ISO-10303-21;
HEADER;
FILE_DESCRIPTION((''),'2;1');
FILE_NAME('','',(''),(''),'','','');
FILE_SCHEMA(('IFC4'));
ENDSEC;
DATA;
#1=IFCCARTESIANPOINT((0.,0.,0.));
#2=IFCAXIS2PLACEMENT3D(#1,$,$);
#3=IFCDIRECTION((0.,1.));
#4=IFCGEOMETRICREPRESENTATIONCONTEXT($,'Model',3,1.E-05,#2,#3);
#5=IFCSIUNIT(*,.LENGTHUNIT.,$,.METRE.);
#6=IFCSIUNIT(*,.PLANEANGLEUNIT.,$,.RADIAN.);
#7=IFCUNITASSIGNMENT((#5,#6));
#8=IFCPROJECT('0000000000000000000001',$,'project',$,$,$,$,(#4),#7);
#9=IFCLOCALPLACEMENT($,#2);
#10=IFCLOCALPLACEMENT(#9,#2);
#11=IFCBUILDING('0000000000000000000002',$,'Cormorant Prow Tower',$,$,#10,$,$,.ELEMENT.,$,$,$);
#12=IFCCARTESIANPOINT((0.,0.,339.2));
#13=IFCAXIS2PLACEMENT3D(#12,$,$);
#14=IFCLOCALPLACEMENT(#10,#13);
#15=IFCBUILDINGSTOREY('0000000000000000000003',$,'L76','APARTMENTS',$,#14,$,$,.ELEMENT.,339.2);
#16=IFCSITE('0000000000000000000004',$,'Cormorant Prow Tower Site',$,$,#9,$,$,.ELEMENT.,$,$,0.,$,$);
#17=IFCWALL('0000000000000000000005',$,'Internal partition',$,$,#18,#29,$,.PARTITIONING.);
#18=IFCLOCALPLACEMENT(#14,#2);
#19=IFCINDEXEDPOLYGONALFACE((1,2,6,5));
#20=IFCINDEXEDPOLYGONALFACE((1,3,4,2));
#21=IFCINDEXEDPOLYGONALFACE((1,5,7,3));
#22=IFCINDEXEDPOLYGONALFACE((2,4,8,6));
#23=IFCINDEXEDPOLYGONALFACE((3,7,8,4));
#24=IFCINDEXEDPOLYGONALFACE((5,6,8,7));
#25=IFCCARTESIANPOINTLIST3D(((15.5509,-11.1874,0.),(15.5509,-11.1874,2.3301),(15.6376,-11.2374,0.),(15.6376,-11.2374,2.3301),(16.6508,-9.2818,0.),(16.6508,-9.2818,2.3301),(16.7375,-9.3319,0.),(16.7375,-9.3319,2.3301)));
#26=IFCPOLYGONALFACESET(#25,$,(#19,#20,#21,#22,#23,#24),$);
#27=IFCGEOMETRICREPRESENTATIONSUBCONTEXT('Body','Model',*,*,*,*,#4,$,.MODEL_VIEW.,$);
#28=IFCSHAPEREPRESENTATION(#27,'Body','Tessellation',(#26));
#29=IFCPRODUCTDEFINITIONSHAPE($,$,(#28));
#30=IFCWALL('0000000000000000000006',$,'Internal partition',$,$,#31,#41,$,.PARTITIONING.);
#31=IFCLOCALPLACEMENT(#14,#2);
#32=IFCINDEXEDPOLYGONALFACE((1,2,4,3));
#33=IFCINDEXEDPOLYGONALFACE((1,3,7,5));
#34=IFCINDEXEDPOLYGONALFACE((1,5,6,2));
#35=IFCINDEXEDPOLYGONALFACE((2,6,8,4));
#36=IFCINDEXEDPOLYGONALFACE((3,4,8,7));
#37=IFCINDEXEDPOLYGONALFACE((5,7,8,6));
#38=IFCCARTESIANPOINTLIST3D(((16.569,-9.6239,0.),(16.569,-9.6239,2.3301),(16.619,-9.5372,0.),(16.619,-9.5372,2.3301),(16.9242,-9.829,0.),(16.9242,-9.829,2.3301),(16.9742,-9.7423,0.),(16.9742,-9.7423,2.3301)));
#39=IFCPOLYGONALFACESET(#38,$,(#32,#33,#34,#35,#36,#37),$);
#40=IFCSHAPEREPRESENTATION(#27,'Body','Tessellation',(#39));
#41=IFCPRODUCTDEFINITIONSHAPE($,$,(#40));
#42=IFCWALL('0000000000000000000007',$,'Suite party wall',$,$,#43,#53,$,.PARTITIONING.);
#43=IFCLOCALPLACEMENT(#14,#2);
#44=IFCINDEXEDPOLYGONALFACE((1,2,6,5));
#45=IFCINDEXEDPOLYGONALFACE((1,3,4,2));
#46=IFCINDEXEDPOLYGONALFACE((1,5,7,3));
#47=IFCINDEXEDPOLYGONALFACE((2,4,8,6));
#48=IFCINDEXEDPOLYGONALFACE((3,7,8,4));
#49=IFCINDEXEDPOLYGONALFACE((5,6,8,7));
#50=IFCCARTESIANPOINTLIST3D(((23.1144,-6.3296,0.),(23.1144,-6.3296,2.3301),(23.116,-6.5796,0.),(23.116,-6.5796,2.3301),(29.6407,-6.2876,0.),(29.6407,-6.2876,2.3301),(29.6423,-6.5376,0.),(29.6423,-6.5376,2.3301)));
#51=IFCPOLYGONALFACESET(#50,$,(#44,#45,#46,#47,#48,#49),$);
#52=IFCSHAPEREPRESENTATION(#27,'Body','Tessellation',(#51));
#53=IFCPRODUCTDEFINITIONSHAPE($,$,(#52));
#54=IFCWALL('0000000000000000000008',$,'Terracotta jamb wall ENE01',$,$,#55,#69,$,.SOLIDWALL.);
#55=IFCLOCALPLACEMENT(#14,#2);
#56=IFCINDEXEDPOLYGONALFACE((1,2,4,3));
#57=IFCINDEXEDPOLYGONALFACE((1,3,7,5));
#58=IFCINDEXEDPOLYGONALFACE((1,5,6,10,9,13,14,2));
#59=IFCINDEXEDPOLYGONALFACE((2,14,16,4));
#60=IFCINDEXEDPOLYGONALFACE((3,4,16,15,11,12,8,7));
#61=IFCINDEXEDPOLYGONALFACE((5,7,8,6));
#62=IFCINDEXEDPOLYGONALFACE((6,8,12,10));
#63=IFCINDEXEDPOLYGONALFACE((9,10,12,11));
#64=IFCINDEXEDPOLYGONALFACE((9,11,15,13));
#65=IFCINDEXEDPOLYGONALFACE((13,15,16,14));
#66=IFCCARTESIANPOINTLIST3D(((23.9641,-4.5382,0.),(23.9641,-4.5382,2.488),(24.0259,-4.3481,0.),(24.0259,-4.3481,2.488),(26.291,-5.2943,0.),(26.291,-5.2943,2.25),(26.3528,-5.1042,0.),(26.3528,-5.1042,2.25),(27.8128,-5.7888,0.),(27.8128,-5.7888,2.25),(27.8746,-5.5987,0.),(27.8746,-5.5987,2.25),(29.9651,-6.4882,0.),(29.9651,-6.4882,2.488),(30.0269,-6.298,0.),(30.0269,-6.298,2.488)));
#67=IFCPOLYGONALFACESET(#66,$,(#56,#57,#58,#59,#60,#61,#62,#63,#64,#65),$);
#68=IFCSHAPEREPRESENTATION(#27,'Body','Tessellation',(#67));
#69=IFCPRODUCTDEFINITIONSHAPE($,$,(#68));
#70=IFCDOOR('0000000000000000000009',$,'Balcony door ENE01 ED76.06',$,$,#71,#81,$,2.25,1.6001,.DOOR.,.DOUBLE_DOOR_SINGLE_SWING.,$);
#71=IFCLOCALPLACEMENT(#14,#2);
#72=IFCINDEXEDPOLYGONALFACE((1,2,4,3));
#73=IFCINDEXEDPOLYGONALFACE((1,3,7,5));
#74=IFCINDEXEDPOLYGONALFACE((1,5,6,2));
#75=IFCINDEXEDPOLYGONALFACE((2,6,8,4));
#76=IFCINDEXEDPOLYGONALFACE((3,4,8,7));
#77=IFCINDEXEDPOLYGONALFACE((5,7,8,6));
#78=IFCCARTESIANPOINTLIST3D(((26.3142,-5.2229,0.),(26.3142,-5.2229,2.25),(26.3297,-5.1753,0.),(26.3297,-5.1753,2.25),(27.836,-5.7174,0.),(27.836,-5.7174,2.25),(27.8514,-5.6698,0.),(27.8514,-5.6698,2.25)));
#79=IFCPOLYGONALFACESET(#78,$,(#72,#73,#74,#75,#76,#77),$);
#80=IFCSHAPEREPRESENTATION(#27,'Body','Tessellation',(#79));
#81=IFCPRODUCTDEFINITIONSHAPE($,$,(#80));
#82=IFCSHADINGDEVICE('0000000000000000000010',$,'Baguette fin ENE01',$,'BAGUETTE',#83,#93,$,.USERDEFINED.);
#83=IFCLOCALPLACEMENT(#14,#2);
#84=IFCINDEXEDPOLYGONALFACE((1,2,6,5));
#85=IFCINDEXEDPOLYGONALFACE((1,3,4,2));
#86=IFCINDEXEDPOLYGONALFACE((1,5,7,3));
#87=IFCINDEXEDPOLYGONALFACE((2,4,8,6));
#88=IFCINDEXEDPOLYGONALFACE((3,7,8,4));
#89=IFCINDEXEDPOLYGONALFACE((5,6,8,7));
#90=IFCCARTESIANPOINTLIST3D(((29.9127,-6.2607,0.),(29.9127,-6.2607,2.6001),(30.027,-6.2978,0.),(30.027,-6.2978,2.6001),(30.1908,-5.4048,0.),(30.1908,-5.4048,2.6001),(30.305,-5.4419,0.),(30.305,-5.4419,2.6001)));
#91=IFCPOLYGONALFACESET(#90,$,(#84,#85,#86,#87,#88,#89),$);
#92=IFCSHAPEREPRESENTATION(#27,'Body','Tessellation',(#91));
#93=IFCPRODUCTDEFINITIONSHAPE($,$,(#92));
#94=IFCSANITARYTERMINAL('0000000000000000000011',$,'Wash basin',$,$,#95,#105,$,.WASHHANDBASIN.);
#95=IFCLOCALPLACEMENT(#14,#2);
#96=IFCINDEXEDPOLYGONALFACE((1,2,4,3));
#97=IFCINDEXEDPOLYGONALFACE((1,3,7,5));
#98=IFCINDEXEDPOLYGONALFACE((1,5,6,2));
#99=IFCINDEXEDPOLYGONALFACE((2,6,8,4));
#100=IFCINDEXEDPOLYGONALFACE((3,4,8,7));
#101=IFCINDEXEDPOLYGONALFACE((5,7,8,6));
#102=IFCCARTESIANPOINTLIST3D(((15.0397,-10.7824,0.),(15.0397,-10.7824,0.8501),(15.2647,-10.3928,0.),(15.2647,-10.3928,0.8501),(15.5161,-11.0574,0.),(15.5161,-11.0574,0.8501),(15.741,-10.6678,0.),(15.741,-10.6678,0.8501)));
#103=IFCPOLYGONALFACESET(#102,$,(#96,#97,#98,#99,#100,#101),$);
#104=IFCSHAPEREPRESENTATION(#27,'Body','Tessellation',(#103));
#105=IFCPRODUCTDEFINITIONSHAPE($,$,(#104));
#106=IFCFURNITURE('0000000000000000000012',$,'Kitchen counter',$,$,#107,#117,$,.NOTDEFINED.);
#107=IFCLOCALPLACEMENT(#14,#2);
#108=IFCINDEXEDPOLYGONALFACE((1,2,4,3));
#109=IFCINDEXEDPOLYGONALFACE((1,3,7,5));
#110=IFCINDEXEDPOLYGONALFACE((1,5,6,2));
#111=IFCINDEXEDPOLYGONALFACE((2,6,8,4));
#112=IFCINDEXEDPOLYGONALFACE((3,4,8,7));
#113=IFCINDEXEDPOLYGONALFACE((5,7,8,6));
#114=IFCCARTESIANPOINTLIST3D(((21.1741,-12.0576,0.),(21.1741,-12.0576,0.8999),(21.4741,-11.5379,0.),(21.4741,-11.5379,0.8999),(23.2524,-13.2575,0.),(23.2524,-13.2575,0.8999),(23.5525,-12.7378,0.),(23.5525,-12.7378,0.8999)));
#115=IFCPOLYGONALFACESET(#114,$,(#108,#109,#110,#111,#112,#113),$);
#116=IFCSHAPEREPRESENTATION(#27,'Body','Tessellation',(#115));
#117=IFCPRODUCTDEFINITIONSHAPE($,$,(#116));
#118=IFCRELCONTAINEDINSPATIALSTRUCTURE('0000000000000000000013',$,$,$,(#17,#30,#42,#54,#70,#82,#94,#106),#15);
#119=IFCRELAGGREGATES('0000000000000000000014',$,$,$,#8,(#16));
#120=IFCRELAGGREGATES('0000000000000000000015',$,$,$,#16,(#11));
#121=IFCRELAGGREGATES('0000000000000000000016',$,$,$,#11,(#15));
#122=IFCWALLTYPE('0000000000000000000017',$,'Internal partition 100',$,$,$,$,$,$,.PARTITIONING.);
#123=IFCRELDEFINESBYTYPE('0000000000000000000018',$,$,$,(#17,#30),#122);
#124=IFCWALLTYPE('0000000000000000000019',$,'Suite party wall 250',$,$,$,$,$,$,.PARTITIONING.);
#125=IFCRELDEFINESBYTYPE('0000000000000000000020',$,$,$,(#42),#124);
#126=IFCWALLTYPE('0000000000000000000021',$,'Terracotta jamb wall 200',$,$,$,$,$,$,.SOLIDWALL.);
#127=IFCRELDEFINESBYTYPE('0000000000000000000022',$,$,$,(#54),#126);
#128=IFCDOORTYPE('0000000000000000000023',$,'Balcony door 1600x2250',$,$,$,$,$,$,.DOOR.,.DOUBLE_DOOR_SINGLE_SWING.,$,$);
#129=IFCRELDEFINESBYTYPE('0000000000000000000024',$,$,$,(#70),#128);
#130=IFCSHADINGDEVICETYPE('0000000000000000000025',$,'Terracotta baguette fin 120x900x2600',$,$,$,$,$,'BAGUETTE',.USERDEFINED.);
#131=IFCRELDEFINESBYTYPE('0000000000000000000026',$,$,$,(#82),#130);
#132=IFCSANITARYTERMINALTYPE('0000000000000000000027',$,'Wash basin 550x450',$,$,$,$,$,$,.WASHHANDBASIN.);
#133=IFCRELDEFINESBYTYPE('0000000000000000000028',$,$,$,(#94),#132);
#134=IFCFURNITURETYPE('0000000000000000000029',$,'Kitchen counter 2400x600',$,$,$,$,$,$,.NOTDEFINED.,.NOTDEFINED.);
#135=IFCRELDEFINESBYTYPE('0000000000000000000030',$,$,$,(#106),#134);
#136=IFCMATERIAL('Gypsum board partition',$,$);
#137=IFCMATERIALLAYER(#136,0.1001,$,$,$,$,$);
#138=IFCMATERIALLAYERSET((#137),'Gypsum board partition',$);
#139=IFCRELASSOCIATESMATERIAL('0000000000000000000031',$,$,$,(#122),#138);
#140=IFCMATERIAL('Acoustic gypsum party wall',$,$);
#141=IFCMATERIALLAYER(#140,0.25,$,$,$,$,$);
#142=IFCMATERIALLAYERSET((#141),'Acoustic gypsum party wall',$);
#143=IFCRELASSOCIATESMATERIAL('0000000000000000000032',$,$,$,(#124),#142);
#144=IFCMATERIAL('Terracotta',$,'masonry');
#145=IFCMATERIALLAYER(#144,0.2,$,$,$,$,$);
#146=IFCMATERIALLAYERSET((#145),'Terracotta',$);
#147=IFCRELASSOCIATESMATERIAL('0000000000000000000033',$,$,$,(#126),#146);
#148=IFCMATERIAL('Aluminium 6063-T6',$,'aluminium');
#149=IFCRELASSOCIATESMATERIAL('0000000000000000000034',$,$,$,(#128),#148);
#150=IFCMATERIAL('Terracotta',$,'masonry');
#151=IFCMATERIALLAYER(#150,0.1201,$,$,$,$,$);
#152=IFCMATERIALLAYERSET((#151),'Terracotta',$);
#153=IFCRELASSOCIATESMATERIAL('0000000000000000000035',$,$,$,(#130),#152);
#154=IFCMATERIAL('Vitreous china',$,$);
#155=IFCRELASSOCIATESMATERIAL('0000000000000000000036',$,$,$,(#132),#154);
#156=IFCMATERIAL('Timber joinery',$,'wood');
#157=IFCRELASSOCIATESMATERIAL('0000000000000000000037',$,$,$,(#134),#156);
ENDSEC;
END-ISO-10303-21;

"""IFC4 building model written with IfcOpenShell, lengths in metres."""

from ifc_helpers import new_model, si_unit, direction, frame, frame_2d, origin, origin_2d, place, context, subcontext, project, spatial, rectangle, extrude, material, layer, layer_set, type_object, element, fill, save


model = new_model("IFC4")

# Units and contexts
model_context = context("Model", 3, precision=1e-05, world=origin(), true_north=direction((0.0, 1.0)))
body_context = subcontext(model_context, "Body", "Model", "MODEL_VIEW")
ifc_project = project(units=[si_unit("LENGTHUNIT", "METRE"), si_unit("PLANEANGLEUNIT", "RADIAN")], contexts=[model_context])

# Site, building, storey
site_placement = place(None, origin())
site = spatial("IfcSite", under=ifc_project, at=site_placement, Name="Cormorant Prow Tower Site", CompositionType="ELEMENT", RefElevation=0.0)
building_placement = place(site_placement, origin())
building = spatial("IfcBuilding", under=site, at=building_placement, Name="Cormorant Prow Tower", CompositionType="ELEMENT")
storey_placement = place(building_placement, frame((0.0, 0.0, 339.2)))
storey = spatial("IfcBuildingStorey", under=building, at=storey_placement, Name="L76", Description="APARTMENTS", CompositionType="ELEMENT", Elevation=339.2)

# Shared definitions
ifc_material_1 = material(Name="Gypsum board partition")
ifc_layer_1 = layer(ifc_material_1, 0.1001)
ifc_layer_set_1 = layer_set([ifc_layer_1], Name="Gypsum board partition")
wall_type_1 = type_object("IfcWallType", Name="Internal partition 100", PredefinedType="PARTITIONING", material=ifc_layer_set_1)

# Walls
wall_1_placement = place(storey_placement, frame((15.5942, -11.2124, 0.0), z_axis=(0.0, 0.0, 1.0), x_axis=(0.499899, 0.866084, 0.0)))
element("IfcWall", 1, at=wall_1_placement, inside=storey, type_object=wall_type_1, Name="Internal partition", PredefinedType="PARTITIONING", context=body_context, shape_type="SweptSolid", body=[
    extrude(rectangle(XDim=2.2002, YDim=0.1001, at=frame_2d((1.1001, 0.0))), origin(), (0.0, 0.0, 1.0), 2.3301),
])
wall_2_placement = place(storey_placement, frame((16.594, -9.5806, 0.0), z_axis=(0.0, 0.0, 1.0), x_axis=(0.866037, -0.49998, 0.0)))
element("IfcWall", 2, at=wall_2_placement, inside=storey, type_object=wall_type_1, Name="Internal partition", PredefinedType="PARTITIONING", context=body_context, shape_type="SweptSolid", body=[
    extrude(rectangle(XDim=0.4102, YDim=0.1001, at=frame_2d((0.2051, 0.0))), origin(), (0.0, 0.0, 1.0), 2.3301),
])
ifc_material_2 = material(Name="Acoustic gypsum party wall")
ifc_layer_2 = layer(ifc_material_2, 0.25)
ifc_layer_set_2 = layer_set([ifc_layer_2], Name="Acoustic gypsum party wall")
wall_type_2 = type_object("IfcWallType", Name="Suite party wall 250", PredefinedType="PARTITIONING", material=ifc_layer_set_2)
wall_3_placement = place(storey_placement, frame((23.1152, -6.4546, 0.0), z_axis=(0.0, 0.0, 1.0), x_axis=(0.999979, 0.006434, 0.0)))
element("IfcWall", 3, at=wall_3_placement, inside=storey, type_object=wall_type_2, Name="Suite party wall", PredefinedType="PARTITIONING", context=body_context, shape_type="SweptSolid", body=[
    extrude(rectangle(XDim=6.5264, YDim=0.25, at=frame_2d((3.2632, 0.0))), origin(), (0.0, 0.0, 1.0), 2.3301),
])

# Wall, opening, door
ifc_material_3 = material(Name="Terracotta", Category="masonry")
ifc_layer_3 = layer(ifc_material_3, 0.2)
ifc_layer_set_3 = layer_set([ifc_layer_3], Name="Terracotta")
wall_type_3 = type_object("IfcWallType", Name="Terracotta jamb wall 200", PredefinedType="SOLIDWALL", material=ifc_layer_set_3)
wall_4_placement = place(storey_placement, frame((29.9958, -6.3931, 0.0), z_axis=(0.0, 0.0, 1.0), x_axis=(-0.951051, 0.309034, 0.0)))
wall_4 = element("IfcWall", 4, at=wall_4_placement, inside=storey, type_object=wall_type_3, Name="Terracotta jamb wall ENE01", PredefinedType="SOLIDWALL", context=body_context, shape_type="SweptSolid", body=[
    extrude(rectangle(XDim=6.3098, YDim=0.2, at=frame_2d((3.1548, 0.0))), origin(), (0.0, 0.0, 1.0), 2.488),
])
opening_1_placement = place(wall_4_placement, frame((2.2629, 0.0, 0.0)))
opening_1 = element("IfcOpeningElement", 5, at=opening_1_placement, cuts=wall_4, PredefinedType="OPENING", context=body_context, shape_type="SweptSolid", body=[
    extrude(rectangle(XDim=1.6001, YDim=2.25, at=frame_2d((0.8, 1.125))), frame((0.0, 0.1099, 0.0), z_axis=(0.0, -1.0, 0.0), x_axis=(1.0, 0.0, 0.0)), (0.0, 0.0, 1.0), 0.22),
])
ifc_material_4 = material(Name="Aluminium 6063-T6", Category="aluminium")
door_type_1 = type_object("IfcDoorType", Name="Balcony door 1600x2250", OperationType="DOUBLE_DOOR_SINGLE_SWING", PredefinedType="DOOR", material=ifc_material_4)
door_1_placement = place(opening_1_placement, origin())
door_1 = element("IfcDoor", 6, at=door_1_placement, inside=storey, type_object=door_type_1, Name="Balcony door ENE01 ED76.06", OperationType="DOUBLE_DOOR_SINGLE_SWING", OverallHeight=2.25, OverallWidth=1.6001, PredefinedType="DOOR", context=body_context, shape_type="SweptSolid", body=[
    extrude(rectangle(XDim=1.6001, YDim=2.25, at=frame_2d((0.8, 1.125))), frame((0.0, 0.0249, 0.0), z_axis=(0.0, -1.0, 0.0), x_axis=(1.0, 0.0, 0.0)), (0.0, 0.0, 1.0), 0.05),
])
fill(opening_1, door_1)

# Shading device
ifc_material_5 = material(Name="Terracotta", Category="masonry")
ifc_layer_4 = layer(ifc_material_5, 0.1201)
ifc_layer_set_4 = layer_set([ifc_layer_4], Name="Terracotta")
shading_device_type = type_object("IfcShadingDeviceType", Name="Terracotta baguette fin 120x900x2600", ElementType="BAGUETTE", PredefinedType="USERDEFINED", material=ifc_layer_set_4)
shading_device_placement = place(storey_placement, frame((30.1089, -5.8513, 0.0), z_axis=(0.0, 0.0, 1.0), x_axis=(-0.951056, 0.309017, 0.0)))
element("IfcShadingDevice", 7, at=shading_device_placement, inside=storey, type_object=shading_device_type, Name="Baguette fin ENE01", ObjectType="BAGUETTE", PredefinedType="USERDEFINED", context=body_context, shape_type="SweptSolid", body=[
    extrude(rectangle(XDim=0.1201, YDim=0.8999, at=origin_2d()), origin(), (0.0, 0.0, 1.0), 2.6001),
])

# Sanitary terminal
ifc_material_6 = material(Name="Vitreous china")
sanitary_terminal_type = type_object("IfcSanitaryTerminalType", Name="Wash basin 550x450", PredefinedType="WASHHANDBASIN", material=ifc_material_6)
sanitary_terminal_placement = place(storey_placement, frame((15.3904, -10.7251, 0.0), z_axis=(0.0, 0.0, 1.0), x_axis=(-0.866025, 0.5, 0.0)))
element("IfcSanitaryTerminal", 8, at=sanitary_terminal_placement, inside=storey, type_object=sanitary_terminal_type, Name="Wash basin", PredefinedType="WASHHANDBASIN", context=body_context, shape_type="SweptSolid", body=[
    extrude(rectangle(XDim=0.55, YDim=0.45, at=origin_2d()), origin(), (0.0, 0.0, 1.0), 0.8501),
])

# Furniture
ifc_material_7 = material(Name="Timber joinery", Category="wood")
furniture_type = type_object("IfcFurnitureType", Name="Kitchen counter 2400x600", AssemblyPlace="NOTDEFINED", PredefinedType="NOTDEFINED", material=ifc_material_7)
furniture_placement = place(storey_placement, frame((22.3633, -12.3977, 0.0), z_axis=(0.0, 0.0, 1.0), x_axis=(-0.866025, 0.5, 0.0)))
element("IfcFurniture", 9, at=furniture_placement, inside=storey, type_object=furniture_type, Name="Kitchen counter", PredefinedType="NOTDEFINED", context=body_context, shape_type="SweptSolid", body=[
    extrude(rectangle(XDim=2.3999, YDim=0.6001, at=origin_2d()), origin(), (0.0, 0.0, 1.0), 0.8999),
])

save(model, "model.ifc")
